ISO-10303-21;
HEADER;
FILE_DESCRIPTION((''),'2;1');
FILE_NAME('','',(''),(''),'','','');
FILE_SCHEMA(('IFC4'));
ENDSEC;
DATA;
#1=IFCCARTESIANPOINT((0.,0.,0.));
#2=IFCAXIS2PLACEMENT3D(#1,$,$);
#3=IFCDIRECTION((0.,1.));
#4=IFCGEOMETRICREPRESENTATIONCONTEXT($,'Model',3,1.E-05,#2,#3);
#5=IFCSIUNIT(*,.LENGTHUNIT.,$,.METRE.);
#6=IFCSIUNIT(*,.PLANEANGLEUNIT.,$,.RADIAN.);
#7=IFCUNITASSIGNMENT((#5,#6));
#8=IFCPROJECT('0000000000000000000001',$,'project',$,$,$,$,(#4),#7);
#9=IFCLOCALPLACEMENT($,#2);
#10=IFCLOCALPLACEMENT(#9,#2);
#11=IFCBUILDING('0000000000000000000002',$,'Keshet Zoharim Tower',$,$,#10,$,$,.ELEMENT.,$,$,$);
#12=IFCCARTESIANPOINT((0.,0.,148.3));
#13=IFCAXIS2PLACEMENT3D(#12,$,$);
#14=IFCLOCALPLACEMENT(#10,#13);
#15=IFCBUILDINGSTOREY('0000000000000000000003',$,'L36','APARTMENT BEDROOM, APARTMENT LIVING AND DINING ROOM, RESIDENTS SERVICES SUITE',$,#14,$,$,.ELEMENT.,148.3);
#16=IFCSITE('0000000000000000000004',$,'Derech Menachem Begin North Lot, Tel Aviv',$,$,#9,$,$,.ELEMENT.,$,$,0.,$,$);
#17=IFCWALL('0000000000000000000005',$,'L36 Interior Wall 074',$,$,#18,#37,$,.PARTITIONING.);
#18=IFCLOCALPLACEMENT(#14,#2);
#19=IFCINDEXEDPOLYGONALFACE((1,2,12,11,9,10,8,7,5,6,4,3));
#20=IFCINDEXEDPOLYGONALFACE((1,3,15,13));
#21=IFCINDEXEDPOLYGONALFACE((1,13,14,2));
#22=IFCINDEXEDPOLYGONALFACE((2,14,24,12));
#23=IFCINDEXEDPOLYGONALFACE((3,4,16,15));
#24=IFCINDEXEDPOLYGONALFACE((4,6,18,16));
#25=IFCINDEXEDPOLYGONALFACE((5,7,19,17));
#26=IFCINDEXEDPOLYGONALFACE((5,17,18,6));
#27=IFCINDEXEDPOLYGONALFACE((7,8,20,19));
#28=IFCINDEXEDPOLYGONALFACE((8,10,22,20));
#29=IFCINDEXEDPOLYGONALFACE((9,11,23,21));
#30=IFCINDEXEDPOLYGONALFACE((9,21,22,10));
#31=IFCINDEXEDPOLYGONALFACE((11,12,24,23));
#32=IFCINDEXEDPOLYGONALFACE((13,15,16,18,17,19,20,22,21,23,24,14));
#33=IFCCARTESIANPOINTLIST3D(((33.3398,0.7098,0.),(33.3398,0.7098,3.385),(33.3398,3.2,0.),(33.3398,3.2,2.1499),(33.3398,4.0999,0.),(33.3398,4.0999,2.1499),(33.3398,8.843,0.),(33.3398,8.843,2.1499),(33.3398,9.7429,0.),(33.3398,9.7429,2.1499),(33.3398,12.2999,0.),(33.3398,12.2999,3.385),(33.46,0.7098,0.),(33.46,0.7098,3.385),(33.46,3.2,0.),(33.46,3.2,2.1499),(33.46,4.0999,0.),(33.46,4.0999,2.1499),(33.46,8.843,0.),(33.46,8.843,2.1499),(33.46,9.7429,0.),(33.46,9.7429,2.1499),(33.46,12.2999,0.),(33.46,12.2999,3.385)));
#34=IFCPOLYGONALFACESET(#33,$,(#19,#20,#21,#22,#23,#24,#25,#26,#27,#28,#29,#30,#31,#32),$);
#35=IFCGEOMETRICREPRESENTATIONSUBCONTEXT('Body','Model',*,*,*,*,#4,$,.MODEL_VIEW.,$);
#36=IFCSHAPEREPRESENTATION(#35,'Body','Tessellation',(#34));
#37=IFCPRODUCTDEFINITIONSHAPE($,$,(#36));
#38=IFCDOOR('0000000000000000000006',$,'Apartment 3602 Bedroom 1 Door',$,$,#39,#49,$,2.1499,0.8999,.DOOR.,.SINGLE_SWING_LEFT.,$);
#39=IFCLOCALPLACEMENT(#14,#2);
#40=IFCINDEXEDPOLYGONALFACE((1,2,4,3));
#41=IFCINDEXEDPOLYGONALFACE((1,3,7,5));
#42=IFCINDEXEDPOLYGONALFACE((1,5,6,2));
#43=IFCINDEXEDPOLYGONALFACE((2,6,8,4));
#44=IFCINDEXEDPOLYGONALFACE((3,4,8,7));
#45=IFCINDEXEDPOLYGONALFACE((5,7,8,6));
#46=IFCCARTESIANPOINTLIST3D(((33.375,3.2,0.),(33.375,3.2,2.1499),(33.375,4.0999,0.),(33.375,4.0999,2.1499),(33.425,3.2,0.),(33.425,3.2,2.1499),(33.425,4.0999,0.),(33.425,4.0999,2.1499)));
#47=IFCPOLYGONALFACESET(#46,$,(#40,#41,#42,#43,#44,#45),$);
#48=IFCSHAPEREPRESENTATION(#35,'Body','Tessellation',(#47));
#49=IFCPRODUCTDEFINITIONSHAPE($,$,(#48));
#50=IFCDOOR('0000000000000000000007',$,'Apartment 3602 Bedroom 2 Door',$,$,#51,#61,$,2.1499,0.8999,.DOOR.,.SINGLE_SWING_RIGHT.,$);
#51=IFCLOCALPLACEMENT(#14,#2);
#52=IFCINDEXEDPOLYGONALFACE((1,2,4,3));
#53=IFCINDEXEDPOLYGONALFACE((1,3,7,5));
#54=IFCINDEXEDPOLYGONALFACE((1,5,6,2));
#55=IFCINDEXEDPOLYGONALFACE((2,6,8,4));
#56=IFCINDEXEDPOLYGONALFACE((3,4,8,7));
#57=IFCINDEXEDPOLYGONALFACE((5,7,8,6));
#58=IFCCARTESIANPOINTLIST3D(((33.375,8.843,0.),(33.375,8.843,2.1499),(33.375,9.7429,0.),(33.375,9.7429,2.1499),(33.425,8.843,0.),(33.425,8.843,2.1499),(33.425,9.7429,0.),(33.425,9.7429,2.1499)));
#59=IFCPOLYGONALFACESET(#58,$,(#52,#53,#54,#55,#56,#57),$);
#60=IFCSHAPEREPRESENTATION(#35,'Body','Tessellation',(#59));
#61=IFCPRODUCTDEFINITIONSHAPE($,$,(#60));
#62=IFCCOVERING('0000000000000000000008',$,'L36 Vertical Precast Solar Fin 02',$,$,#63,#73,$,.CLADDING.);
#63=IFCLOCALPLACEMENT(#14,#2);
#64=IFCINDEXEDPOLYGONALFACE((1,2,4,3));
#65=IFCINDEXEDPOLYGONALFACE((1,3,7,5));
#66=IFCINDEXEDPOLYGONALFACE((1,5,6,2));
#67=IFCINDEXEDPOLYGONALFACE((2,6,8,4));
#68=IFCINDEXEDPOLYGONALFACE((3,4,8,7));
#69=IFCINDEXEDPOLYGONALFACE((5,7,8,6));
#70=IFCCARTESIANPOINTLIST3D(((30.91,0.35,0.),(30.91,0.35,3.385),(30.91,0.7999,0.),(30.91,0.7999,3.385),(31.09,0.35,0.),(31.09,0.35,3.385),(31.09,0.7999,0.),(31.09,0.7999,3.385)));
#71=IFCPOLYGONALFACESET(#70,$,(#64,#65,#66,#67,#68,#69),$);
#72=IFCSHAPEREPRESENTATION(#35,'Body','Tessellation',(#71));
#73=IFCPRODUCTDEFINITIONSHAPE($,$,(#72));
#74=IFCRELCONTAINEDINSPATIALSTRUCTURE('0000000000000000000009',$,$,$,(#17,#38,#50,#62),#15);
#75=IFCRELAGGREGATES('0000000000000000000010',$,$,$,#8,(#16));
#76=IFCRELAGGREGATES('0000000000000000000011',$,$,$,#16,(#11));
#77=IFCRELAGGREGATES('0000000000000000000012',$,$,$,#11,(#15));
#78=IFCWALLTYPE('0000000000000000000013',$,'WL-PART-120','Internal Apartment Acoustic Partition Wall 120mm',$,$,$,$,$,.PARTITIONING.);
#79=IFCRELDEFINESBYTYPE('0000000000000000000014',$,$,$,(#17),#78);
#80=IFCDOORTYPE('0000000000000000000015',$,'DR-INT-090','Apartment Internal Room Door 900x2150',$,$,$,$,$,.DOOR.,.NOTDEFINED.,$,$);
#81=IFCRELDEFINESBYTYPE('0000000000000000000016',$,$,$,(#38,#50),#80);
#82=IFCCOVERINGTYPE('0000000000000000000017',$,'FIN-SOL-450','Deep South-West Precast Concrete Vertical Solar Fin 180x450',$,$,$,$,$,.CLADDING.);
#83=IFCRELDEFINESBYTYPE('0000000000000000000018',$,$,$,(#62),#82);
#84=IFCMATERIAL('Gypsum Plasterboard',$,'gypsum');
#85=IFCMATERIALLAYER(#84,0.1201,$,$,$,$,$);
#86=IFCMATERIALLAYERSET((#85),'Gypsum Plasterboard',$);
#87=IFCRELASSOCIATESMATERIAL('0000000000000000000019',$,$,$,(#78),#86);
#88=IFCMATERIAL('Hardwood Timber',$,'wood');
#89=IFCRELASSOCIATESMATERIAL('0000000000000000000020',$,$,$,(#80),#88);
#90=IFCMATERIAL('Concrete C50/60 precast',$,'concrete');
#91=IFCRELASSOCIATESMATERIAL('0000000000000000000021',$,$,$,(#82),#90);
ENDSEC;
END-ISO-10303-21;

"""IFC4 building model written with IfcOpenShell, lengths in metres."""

from ifc_helpers import new_model, si_unit, direction, frame, frame_2d, origin, origin_2d, place, context, subcontext, project, spatial, rectangle, extrude, material, layer, layer_set, type_object, element, fill, save


model = new_model("IFC4")

# Units and contexts
model_context = context("Model", 3, precision=1e-05, world=origin(), true_north=direction((0.0, 1.0)))
body_context = subcontext(model_context, "Body", "Model", "MODEL_VIEW")
ifc_project = project(units=[si_unit("LENGTHUNIT", "METRE"), si_unit("PLANEANGLEUNIT", "RADIAN")], contexts=[model_context])

# Site, building, storey
site_placement = place(None, origin())
site = spatial("IfcSite", under=ifc_project, at=site_placement, Name="Derech Menachem Begin North Lot, Tel Aviv", CompositionType="ELEMENT", RefElevation=0.0)
building_placement = place(site_placement, origin())
building = spatial("IfcBuilding", under=site, at=building_placement, Name="Keshet Zoharim Tower", CompositionType="ELEMENT")
storey_placement = place(building_placement, frame((0.0, 0.0, 148.3)))
storey = spatial("IfcBuildingStorey", under=building, at=storey_placement, Name="L36", Description="APARTMENT BEDROOM, APARTMENT LIVING AND DINING ROOM, RESIDENTS SERVICES SUITE", CompositionType="ELEMENT", Elevation=148.3)

# Shared definitions
ifc_material_1 = material(Name="Gypsum Plasterboard", Category="gypsum")
ifc_layer_1 = layer(ifc_material_1, 0.1201)
ifc_layer_set_1 = layer_set([ifc_layer_1], Name="Gypsum Plasterboard")
wall_type = type_object("IfcWallType", Name="WL-PART-120", Description="Internal Apartment Acoustic Partition Wall 120mm", PredefinedType="PARTITIONING", material=ifc_layer_set_1)

# Wall, openings, doors
wall_1_placement = place(storey_placement, frame((33.3999, 0.71, 0.0), z_axis=(0.0, 0.0, 1.0), x_axis=(0.0, 1.0, 0.0)))
wall_1 = element("IfcWall", 1, at=wall_1_placement, inside=storey, type_object=wall_type, Name="L36 Interior Wall 074", PredefinedType="PARTITIONING", context=body_context, shape_type="SweptSolid", body=[
    extrude(rectangle(XDim=11.5901, YDim=0.1201, at=frame_2d((5.7949, 0.0))), origin(), (0.0, 0.0, 1.0), 3.385),
])
opening_1_placement = place(wall_1_placement, frame((2.49, 0.0, 0.0)))
opening_1 = element("IfcOpeningElement", 2, at=opening_1_placement, cuts=wall_1, PredefinedType="OPENING", context=body_context, shape_type="SweptSolid", body=[
    extrude(rectangle(XDim=0.8999, YDim=2.1499, at=frame_2d((0.45, 1.075))), frame((0.0, 0.0701, 0.0), z_axis=(0.0, -1.0, 0.0), x_axis=(1.0, 0.0, 0.0)), (0.0, 0.0, 1.0), 0.1401),
])
opening_2_placement = place(wall_1_placement, frame((8.1331, 0.0, 0.0)))
opening_2 = element("IfcOpeningElement", 3, at=opening_2_placement, cuts=wall_1, PredefinedType="OPENING", context=body_context, shape_type="SweptSolid", body=[
    extrude(rectangle(XDim=0.8999, YDim=2.1499, at=frame_2d((0.45, 1.075))), frame((0.0, 0.0701, 0.0), z_axis=(0.0, -1.0, 0.0), x_axis=(1.0, 0.0, 0.0)), (0.0, 0.0, 1.0), 0.1401),
])
ifc_material_2 = material(Name="Hardwood Timber", Category="wood")
door_type = type_object("IfcDoorType", Name="DR-INT-090", Description="Apartment Internal Room Door 900x2150", OperationType="NOTDEFINED", PredefinedType="DOOR", material=ifc_material_2)
door_1_placement = place(opening_1_placement, origin())
door_1 = element("IfcDoor", 4, at=door_1_placement, inside=storey, type_object=door_type, Name="Apartment 3602 Bedroom 1 Door", OperationType="SINGLE_SWING_LEFT", OverallHeight=2.1499, OverallWidth=0.8999, PredefinedType="DOOR", context=body_context, shape_type="SweptSolid", body=[
    extrude(rectangle(XDim=0.8999, YDim=2.1499, at=frame_2d((0.45, 1.075))), frame((0.0, 0.0249, 0.0), z_axis=(0.0, -1.0, 0.0), x_axis=(1.0, 0.0, 0.0)), (0.0, 0.0, 1.0), 0.05),
])
fill(opening_1, door_1)
door_2_placement = place(opening_2_placement, origin())
door_2 = element("IfcDoor", 5, at=door_2_placement, inside=storey, type_object=door_type, Name="Apartment 3602 Bedroom 2 Door", OperationType="SINGLE_SWING_RIGHT", OverallHeight=2.1499, OverallWidth=0.8999, PredefinedType="DOOR", context=body_context, shape_type="SweptSolid", body=[
    extrude(rectangle(XDim=0.8999, YDim=2.1499, at=frame_2d((0.45, 1.075))), frame((0.0, 0.0249, 0.0), z_axis=(0.0, -1.0, 0.0), x_axis=(1.0, 0.0, 0.0)), (0.0, 0.0, 1.0), 0.05),
])
fill(opening_2, door_2)

# Covering
ifc_material_3 = material(Name="Concrete C50/60 precast", Category="concrete")
covering_type = type_object("IfcCoveringType", Name="FIN-SOL-450", Description="Deep South-West Precast Concrete Vertical Solar Fin 180x450", PredefinedType="CLADDING", material=ifc_material_3)
covering_placement = place(storey_placement, frame((31.0, 0.575, 0.0), z_axis=(0.0, 0.0, 1.0), x_axis=(-1.0, 0.0, 0.0)))
element("IfcCovering", 6, at=covering_placement, inside=storey, type_object=covering_type, Name="L36 Vertical Precast Solar Fin 02", PredefinedType="CLADDING", context=body_context, shape_type="SweptSolid", body=[
    extrude(rectangle(XDim=0.1799, YDim=0.45, at=origin_2d()), origin(), (0.0, 0.0, 1.0), 3.385),
])

save(model, "model.ifc")
